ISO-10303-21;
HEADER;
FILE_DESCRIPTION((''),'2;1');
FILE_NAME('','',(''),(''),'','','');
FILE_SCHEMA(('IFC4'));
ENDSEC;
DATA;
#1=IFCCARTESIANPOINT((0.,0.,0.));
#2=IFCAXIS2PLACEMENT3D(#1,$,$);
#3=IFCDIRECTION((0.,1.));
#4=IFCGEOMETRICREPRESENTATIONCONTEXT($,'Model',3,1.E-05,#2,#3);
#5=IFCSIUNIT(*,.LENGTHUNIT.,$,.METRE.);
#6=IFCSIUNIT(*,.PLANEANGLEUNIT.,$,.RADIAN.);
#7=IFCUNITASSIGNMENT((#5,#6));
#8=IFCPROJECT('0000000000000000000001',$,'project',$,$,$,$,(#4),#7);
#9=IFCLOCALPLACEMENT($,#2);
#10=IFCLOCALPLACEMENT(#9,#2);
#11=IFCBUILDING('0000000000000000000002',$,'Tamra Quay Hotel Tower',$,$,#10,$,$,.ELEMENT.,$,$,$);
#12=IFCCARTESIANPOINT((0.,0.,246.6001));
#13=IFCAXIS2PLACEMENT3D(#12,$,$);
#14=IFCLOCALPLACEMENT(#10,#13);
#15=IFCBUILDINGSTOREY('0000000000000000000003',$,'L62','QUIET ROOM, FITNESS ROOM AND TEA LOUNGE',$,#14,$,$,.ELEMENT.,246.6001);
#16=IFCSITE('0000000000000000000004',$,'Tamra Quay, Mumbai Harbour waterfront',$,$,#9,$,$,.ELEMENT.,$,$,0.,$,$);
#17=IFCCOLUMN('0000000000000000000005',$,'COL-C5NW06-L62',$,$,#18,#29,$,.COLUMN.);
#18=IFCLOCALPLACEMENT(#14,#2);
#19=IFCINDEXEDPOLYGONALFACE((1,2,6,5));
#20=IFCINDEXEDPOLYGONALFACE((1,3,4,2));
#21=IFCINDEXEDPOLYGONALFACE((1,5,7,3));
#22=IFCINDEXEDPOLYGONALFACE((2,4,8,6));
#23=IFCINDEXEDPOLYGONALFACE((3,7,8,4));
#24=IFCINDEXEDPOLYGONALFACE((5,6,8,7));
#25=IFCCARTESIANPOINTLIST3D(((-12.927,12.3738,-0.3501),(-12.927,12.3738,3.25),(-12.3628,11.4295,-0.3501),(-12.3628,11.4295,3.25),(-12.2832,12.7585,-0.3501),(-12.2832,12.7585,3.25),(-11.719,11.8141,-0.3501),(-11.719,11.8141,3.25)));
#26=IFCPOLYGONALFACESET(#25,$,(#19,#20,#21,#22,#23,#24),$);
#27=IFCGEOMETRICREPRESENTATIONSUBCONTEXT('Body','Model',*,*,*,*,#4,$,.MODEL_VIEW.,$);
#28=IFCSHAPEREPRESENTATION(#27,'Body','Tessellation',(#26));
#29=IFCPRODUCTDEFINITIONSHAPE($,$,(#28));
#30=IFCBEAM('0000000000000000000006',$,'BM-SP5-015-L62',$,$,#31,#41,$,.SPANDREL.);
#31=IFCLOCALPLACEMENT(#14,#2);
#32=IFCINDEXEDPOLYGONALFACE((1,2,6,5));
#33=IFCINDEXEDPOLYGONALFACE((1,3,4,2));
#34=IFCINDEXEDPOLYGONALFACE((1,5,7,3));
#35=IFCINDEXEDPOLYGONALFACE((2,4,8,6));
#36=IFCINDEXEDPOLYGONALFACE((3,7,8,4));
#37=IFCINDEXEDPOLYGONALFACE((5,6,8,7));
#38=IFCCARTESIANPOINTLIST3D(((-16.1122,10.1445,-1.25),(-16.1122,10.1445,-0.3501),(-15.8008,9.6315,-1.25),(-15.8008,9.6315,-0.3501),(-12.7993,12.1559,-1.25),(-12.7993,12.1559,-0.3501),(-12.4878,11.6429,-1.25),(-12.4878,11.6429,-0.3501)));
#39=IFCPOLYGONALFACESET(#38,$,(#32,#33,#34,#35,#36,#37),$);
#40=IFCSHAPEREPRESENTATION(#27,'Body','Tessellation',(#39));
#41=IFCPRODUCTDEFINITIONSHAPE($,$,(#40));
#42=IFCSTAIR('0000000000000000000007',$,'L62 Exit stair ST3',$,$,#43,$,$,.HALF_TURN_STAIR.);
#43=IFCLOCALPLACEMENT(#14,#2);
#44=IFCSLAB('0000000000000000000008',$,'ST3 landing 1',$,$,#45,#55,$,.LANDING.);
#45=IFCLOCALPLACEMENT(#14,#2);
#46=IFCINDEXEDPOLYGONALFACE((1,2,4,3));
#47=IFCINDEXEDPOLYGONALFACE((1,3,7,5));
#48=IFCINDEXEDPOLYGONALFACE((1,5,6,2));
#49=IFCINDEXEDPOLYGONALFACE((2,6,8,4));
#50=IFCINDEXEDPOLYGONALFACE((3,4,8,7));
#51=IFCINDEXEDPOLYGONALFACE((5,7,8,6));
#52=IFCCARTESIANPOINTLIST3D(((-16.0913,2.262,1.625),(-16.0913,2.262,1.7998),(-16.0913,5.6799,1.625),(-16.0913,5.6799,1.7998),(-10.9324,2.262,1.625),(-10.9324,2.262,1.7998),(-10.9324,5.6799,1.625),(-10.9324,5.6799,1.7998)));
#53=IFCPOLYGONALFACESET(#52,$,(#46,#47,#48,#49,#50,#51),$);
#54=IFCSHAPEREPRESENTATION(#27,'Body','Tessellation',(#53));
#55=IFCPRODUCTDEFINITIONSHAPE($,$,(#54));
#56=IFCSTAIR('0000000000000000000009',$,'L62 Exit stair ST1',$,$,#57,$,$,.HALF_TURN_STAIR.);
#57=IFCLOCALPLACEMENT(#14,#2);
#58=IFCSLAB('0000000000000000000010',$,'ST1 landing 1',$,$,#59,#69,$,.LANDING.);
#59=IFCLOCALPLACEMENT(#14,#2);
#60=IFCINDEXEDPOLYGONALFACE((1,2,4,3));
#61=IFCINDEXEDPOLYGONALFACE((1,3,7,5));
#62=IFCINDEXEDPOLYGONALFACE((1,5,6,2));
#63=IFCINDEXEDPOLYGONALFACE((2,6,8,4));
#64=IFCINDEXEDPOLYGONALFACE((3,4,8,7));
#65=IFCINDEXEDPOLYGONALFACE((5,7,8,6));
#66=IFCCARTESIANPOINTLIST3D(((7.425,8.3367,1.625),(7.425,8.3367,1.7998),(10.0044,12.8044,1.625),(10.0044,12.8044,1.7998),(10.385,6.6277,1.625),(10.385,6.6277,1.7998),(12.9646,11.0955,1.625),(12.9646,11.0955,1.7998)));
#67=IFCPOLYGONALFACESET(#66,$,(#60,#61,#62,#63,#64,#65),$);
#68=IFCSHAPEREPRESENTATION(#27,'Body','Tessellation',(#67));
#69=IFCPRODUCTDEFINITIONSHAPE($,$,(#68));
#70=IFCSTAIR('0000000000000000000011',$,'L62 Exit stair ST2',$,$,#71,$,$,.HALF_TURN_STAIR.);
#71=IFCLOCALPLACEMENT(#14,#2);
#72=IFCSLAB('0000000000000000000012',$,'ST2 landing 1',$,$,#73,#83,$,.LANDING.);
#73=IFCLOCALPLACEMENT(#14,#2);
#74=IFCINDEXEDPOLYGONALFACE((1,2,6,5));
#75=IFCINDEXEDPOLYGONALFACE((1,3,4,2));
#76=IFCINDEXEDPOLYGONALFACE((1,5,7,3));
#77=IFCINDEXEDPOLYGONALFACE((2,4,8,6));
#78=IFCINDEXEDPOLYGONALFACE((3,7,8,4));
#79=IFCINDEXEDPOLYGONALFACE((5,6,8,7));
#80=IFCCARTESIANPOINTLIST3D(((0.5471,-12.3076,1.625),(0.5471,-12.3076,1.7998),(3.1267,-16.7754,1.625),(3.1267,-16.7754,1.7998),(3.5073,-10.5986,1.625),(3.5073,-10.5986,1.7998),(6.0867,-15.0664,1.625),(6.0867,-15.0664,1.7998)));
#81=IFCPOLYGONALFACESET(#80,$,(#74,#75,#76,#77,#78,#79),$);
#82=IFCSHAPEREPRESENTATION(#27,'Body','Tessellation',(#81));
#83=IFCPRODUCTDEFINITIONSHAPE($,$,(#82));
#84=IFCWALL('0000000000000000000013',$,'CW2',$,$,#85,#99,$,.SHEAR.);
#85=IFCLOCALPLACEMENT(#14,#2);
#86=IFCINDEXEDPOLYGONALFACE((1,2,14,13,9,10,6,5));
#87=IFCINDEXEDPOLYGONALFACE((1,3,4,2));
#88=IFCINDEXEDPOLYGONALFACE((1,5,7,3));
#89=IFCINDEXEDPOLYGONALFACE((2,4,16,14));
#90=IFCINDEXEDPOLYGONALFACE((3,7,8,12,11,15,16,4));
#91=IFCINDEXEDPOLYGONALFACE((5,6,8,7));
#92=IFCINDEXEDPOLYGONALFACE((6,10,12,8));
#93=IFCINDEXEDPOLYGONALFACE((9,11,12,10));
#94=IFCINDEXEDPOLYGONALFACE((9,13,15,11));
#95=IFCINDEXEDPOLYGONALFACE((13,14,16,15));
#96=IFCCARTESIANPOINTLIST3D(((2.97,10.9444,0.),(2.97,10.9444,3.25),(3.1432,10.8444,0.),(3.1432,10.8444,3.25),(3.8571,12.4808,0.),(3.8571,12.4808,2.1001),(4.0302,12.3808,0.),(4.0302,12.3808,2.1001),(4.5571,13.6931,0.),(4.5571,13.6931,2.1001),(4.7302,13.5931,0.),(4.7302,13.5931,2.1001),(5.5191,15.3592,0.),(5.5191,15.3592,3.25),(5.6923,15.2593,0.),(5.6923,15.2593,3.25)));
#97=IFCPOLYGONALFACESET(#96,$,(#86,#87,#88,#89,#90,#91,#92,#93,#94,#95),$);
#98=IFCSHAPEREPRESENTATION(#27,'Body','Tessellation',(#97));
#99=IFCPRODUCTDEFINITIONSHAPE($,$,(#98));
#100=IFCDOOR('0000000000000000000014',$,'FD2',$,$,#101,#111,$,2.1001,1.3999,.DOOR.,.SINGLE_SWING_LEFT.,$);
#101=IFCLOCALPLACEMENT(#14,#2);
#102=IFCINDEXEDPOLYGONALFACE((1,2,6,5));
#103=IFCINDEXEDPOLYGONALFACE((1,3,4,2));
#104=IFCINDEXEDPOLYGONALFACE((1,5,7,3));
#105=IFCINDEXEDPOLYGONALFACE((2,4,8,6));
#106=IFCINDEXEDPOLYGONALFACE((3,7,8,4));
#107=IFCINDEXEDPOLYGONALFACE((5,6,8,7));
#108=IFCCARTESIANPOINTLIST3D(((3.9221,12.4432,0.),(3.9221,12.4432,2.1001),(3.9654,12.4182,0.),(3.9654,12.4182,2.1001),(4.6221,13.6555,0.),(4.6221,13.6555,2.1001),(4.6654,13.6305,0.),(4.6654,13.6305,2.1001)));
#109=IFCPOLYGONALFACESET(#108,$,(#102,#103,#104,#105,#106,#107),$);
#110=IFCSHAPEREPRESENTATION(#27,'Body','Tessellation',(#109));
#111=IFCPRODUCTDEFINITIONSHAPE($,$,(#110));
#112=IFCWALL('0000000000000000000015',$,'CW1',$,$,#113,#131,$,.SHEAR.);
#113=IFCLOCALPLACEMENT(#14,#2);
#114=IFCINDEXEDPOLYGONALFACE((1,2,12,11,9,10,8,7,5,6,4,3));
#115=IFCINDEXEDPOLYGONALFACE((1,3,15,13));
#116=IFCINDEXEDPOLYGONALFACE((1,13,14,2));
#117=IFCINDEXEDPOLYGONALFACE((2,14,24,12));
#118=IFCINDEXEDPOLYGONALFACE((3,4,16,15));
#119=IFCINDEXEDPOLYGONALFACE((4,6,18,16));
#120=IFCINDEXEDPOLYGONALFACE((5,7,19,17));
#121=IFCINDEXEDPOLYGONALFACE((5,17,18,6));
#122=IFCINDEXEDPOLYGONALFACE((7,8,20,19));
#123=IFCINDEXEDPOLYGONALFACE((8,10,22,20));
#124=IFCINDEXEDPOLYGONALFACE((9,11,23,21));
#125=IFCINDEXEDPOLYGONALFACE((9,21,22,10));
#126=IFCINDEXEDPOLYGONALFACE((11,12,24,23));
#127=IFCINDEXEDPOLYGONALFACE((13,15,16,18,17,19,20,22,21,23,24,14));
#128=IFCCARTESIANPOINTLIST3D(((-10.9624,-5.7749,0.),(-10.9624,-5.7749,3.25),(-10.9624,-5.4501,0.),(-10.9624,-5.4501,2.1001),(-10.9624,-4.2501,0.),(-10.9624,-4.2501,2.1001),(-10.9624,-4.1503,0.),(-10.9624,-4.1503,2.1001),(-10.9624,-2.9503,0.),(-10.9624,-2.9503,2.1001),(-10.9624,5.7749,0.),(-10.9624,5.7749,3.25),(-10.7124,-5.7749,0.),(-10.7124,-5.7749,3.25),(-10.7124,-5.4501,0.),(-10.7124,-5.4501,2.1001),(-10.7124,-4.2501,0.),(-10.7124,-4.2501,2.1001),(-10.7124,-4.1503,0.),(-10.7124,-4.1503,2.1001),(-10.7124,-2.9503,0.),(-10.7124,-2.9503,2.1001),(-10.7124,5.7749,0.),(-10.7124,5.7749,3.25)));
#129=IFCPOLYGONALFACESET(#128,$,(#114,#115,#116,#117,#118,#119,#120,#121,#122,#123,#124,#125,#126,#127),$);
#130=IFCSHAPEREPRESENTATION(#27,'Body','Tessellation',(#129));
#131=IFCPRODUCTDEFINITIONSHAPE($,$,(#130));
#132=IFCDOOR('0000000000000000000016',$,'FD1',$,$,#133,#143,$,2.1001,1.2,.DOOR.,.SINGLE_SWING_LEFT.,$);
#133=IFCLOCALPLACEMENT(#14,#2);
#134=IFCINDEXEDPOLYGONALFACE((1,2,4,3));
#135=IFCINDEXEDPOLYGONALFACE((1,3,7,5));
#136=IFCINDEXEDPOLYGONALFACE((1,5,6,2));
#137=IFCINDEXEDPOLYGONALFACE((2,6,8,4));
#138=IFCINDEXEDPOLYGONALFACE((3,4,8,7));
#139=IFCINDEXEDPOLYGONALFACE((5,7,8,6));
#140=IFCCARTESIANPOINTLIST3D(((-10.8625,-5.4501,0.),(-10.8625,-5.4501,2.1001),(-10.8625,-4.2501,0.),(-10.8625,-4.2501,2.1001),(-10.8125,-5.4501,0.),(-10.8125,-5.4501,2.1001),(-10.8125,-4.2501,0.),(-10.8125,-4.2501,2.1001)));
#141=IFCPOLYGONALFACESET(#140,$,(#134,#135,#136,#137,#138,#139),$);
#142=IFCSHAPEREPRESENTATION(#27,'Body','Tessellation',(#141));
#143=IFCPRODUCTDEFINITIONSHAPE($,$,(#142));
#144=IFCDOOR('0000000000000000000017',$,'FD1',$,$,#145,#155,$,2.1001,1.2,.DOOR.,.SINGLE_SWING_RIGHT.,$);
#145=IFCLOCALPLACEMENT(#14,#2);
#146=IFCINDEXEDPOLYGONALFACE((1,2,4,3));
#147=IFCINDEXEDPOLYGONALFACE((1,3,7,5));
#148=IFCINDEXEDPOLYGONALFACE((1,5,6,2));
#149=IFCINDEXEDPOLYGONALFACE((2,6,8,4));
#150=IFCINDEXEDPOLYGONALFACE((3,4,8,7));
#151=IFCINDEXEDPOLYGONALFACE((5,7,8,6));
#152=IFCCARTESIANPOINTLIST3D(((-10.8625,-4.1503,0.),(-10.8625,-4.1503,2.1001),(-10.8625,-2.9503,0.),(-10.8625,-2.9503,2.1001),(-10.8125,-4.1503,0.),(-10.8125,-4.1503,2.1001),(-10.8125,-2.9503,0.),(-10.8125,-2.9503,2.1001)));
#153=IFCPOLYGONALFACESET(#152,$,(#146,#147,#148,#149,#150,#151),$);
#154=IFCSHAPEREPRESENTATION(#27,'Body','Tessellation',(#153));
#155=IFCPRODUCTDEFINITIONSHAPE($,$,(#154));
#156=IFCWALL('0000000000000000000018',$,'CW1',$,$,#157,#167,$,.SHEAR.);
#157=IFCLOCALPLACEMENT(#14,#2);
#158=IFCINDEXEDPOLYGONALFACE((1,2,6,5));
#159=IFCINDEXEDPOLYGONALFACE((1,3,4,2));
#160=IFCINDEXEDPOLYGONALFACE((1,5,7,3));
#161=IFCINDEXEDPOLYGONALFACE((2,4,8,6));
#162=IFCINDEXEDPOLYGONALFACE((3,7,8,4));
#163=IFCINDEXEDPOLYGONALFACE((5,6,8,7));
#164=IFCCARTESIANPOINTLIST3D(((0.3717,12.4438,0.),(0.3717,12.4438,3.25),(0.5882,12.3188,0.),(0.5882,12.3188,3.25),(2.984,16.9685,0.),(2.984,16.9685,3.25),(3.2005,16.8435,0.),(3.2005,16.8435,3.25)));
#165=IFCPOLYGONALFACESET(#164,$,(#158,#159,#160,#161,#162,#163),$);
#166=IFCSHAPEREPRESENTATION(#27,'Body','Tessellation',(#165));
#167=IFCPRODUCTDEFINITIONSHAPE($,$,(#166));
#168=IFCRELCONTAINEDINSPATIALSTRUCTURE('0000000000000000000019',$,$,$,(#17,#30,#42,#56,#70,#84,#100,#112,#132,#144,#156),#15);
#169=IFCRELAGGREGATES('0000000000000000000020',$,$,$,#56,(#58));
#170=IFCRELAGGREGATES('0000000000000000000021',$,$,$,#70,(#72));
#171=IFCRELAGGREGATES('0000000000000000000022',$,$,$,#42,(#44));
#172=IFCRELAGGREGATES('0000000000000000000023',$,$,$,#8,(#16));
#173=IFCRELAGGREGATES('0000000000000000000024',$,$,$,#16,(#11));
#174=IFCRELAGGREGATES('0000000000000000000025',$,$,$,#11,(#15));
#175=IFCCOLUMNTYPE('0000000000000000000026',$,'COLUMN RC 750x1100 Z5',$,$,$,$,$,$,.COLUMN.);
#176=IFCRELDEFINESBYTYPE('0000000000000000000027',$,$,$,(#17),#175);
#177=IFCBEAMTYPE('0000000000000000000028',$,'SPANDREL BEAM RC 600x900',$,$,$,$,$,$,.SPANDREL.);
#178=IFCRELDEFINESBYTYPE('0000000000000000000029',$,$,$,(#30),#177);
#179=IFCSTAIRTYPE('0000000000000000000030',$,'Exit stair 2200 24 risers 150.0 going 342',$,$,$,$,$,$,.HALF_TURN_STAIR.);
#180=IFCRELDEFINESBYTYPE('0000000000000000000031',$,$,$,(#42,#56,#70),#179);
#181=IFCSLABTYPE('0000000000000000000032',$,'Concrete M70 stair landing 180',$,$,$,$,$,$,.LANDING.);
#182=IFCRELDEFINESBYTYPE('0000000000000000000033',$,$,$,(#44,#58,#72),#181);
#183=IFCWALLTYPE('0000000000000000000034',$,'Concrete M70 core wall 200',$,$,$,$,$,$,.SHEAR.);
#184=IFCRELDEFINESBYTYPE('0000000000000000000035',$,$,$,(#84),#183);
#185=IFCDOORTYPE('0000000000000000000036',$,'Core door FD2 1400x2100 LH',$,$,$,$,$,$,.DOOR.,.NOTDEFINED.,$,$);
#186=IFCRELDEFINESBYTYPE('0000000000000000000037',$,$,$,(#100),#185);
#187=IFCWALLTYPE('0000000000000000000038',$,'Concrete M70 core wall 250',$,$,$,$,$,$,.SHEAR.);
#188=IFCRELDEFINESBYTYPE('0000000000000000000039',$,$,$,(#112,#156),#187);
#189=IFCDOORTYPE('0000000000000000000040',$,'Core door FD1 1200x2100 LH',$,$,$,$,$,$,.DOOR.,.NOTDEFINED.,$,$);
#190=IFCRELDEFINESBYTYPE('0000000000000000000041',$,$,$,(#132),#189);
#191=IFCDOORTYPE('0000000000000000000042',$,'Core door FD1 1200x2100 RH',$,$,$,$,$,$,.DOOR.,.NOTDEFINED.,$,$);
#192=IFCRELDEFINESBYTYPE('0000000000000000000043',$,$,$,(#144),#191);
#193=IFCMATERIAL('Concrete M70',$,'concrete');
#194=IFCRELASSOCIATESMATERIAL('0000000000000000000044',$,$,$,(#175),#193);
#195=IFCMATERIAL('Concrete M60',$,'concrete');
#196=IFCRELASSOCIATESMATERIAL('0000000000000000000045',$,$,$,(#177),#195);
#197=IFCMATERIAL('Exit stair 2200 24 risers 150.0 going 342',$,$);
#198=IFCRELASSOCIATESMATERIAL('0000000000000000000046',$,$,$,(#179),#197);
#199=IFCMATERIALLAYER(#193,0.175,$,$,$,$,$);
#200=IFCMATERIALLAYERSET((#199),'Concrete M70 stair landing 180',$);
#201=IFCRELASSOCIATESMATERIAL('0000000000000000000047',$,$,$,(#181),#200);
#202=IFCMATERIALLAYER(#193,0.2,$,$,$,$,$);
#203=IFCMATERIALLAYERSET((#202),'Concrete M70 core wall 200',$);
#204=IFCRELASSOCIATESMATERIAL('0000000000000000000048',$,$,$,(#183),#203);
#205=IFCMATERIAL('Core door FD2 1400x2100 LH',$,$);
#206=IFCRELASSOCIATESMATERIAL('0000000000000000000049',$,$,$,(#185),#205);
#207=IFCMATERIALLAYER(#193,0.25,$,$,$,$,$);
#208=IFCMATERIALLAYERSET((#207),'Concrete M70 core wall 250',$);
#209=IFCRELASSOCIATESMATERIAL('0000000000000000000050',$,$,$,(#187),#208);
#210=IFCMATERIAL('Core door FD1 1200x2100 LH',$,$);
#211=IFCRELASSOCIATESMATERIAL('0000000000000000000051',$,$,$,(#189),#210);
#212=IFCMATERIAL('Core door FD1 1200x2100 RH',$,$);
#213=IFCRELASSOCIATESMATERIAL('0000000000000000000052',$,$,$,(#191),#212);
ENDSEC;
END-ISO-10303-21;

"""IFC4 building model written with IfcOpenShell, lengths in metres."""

from ifc_helpers import new_model, si_unit, direction, frame, frame_2d, origin, origin_2d, place, context, subcontext, project, spatial, polyline, rectangle, outline, extrude, material, layer, layer_set, material_profile, profile_set, type_object, element, fill, aggregate, save


model = new_model("IFC4")

# Units and contexts
model_context = context("Model", 3, precision=1e-05, world=origin(), true_north=direction((0.0, 1.0)))
body_context = subcontext(model_context, "Body", "Model", "MODEL_VIEW")
ifc_project = project(units=[si_unit("LENGTHUNIT", "METRE"), si_unit("PLANEANGLEUNIT", "RADIAN")], contexts=[model_context])

# Site, building, storey
site_placement = place(None, origin())
site = spatial("IfcSite", under=ifc_project, at=site_placement, Name="Tamra Quay, Mumbai Harbour waterfront", CompositionType="ELEMENT", RefElevation=0.0)
building_placement = place(site_placement, origin())
building = spatial("IfcBuilding", under=site, at=building_placement, Name="Tamra Quay Hotel Tower", CompositionType="ELEMENT")
storey_placement = place(building_placement, frame((0.0, 0.0, 246.6001)))
storey = spatial("IfcBuildingStorey", under=building, at=storey_placement, Name="L62", Description="QUIET ROOM, FITNESS ROOM AND TEA LOUNGE", CompositionType="ELEMENT", Elevation=246.6001)

# Column
ifc_material_1 = material(Name="Concrete M70", Category="concrete")
ifc_material_profile_1 = material_profile(ifc_material_1, rectangle(XDim=1.1001, YDim=0.75, at=origin_2d()), Name="COLUMN RC 750x1100 Z5")
ifc_profile_set_1 = profile_set([ifc_material_profile_1], Name="Concrete M70")
column_type = type_object("IfcColumnType", Name="COLUMN RC 750x1100 Z5", PredefinedType="COLUMN", material=ifc_profile_set_1)
column_placement = place(storey_placement, frame((-12.323, 12.094, -0.3501), z_axis=(0.0, 0.0, 1.0), x_axis=(-0.512899, 0.858449, 0.0)))
element("IfcColumn", 1, at=column_placement, inside=storey, type_object=column_type, Name="COL-C5NW06-L62", PredefinedType="COLUMN", context=body_context, shape_type="SweptSolid", body=[
    extrude(rectangle(XDim=1.1001, YDim=0.75, at=origin_2d()), origin(), (0.0, 0.0, 1.0), 3.6001),
])

# Beam
ifc_material_2 = material(Name="Concrete M60", Category="concrete")
ifc_material_profile_2 = material_profile(ifc_material_2, rectangle(XDim=0.6001, YDim=0.8999, at=origin_2d()), Name="SPANDREL BEAM RC 600x900")
ifc_profile_set_2 = profile_set([ifc_material_profile_2], Name="Concrete M60")
beam_type = type_object("IfcBeamType", Name="SPANDREL BEAM RC 600x900", PredefinedType="SPANDREL", material=ifc_profile_set_2)
beam_placement = place(storey_placement, frame((-12.6436, 11.8994, -0.8), z_axis=(-0.854786, -0.518981, 0.0), x_axis=(0.518981, -0.854786, 0.0)))
element("IfcBeam", 2, at=beam_placement, inside=storey, type_object=beam_type, Name="BM-SP5-015-L62", PredefinedType="SPANDREL", context=body_context, shape_type="SweptSolid", body=[
    extrude(rectangle(XDim=0.6001, YDim=0.8999, at=origin_2d()), origin(), (0.0, 0.0, 1.0), 3.8757),
])

# Stairs, slabs
ifc_material_3 = material(Name="Exit stair 2200 24 risers 150.0 going 342")
stair_type = type_object("IfcStairType", Name="Exit stair 2200 24 risers 150.0 going 342", PredefinedType="HALF_TURN_STAIR", material=ifc_material_3)
stair_1_placement = place(storey_placement, origin())
stair_1 = element("IfcStair", 3, at=stair_1_placement, inside=storey, type_object=stair_type, Name="L62 Exit stair ST3", PredefinedType="HALF_TURN_STAIR")
ifc_layer_1 = layer(ifc_material_1, 0.175)
ifc_layer_set_1 = layer_set([ifc_layer_1], Name="Concrete M70 stair landing 180")
slab_type_1 = type_object("IfcSlabType", Name="Concrete M70 stair landing 180", PredefinedType="LANDING", material=ifc_layer_set_1)
slab_1_placement = place(storey_placement, frame((0.0, 0.0, 1.625)))
slab_1 = element("IfcSlab", 4, at=slab_1_placement, type_object=slab_type_1, Name="ST3 landing 1", PredefinedType="LANDING", context=body_context, shape_type="SweptSolid", body=[
    extrude(outline(polyline([(-10.9324, 2.262), (-10.9324, 5.6799), (-16.0913, 5.6799), (-16.0913, 2.262), (-10.9324, 2.262)])), origin(), (0.0, 0.0, 1.0), 0.1748),
])
stair_2_placement = place(storey_placement, origin())
stair_2 = element("IfcStair", 5, at=stair_2_placement, inside=storey, type_object=stair_type, Name="L62 Exit stair ST1", PredefinedType="HALF_TURN_STAIR")
slab_2_placement = place(storey_placement, frame((0.0, 0.0, 1.625)))
slab_2 = element("IfcSlab", 6, at=slab_2_placement, type_object=slab_type_1, Name="ST1 landing 1", PredefinedType="LANDING", context=body_context, shape_type="SweptSolid", body=[
    extrude(outline(polyline([(7.425, 8.3367), (10.385, 6.6277), (12.9646, 11.0955), (10.0044, 12.8044), (7.425, 8.3367)])), origin(), (0.0, 0.0, 1.0), 0.1748),
])
aggregate(stair_2, [slab_2])
stair_3_placement = place(storey_placement, origin())
stair_3 = element("IfcStair", 7, at=stair_3_placement, inside=storey, type_object=stair_type, Name="L62 Exit stair ST2", PredefinedType="HALF_TURN_STAIR")
slab_3_placement = place(storey_placement, frame((0.0, 0.0, 1.625)))
slab_3 = element("IfcSlab", 8, at=slab_3_placement, type_object=slab_type_1, Name="ST2 landing 1", PredefinedType="LANDING", context=body_context, shape_type="SweptSolid", body=[
    extrude(outline(polyline([(3.5073, -10.5986), (0.5471, -12.3076), (3.1267, -16.7754), (6.0867, -15.0664), (3.5073, -10.5986)])), origin(), (0.0, 0.0, 1.0), 0.1748),
])
aggregate(stair_3, [slab_3])

# Wall, opening, door
ifc_layer_2 = layer(ifc_material_1, 0.2)
ifc_layer_set_2 = layer_set([ifc_layer_2], Name="Concrete M70 core wall 200")
wall_type_1 = type_object("IfcWallType", Name="Concrete M70 core wall 200", PredefinedType="SHEAR", material=ifc_layer_set_2)
wall_1_placement = place(storey_placement, frame((3.0566, 10.8945, 0.0), z_axis=(0.0, 0.0, 1.0), x_axis=(0.500028, 0.866009, 0.0)))
wall_1 = element("IfcWall", 9, at=wall_1_placement, inside=storey, type_object=wall_type_1, Name="CW2", PredefinedType="SHEAR", context=body_context, shape_type="SweptSolid", body=[
    extrude(rectangle(XDim=5.0979, YDim=0.2, at=frame_2d((2.5488, 0.0))), origin(), (0.0, 0.0, 1.0), 3.25),
])
opening_1_placement = place(wall_1_placement, frame((1.7739, 0.0, 0.0)))
opening_1 = element("IfcOpeningElement", 10, at=opening_1_placement, cuts=wall_1, PredefinedType="OPENING", context=body_context, shape_type="SweptSolid", body=[
    extrude(rectangle(XDim=1.3999, YDim=2.1001, at=frame_2d((0.7, 1.05))), frame((0.0, 0.1099, 0.0), z_axis=(0.0, -1.0, 0.0), x_axis=(1.0, 0.0, 0.0)), (0.0, 0.0, 1.0), 0.22),
])
ifc_material_4 = material(Name="Core door FD2 1400x2100 LH")
door_type_1 = type_object("IfcDoorType", Name="Core door FD2 1400x2100 LH", OperationType="NOTDEFINED", PredefinedType="DOOR", material=ifc_material_4)
door_1_placement = place(opening_1_placement, origin())
door_1 = element("IfcDoor", 11, at=door_1_placement, inside=storey, type_object=door_type_1, Name="FD2", OperationType="SINGLE_SWING_LEFT", OverallHeight=2.1001, OverallWidth=1.3999, PredefinedType="DOOR", context=body_context, shape_type="SweptSolid", body=[
    extrude(rectangle(XDim=1.3999, YDim=2.1001, at=frame_2d((0.7, 1.05))), frame((0.0, 0.0249, 0.0), z_axis=(0.0, -1.0, 0.0), x_axis=(1.0, 0.0, 0.0)), (0.0, 0.0, 1.0), 0.05),
])
fill(opening_1, door_1)

# Wall, openings, doors
ifc_layer_3 = layer(ifc_material_1, 0.25)
ifc_layer_set_3 = layer_set([ifc_layer_3], Name="Concrete M70 core wall 250")
wall_type_2 = type_object("IfcWallType", Name="Concrete M70 core wall 250", PredefinedType="SHEAR", material=ifc_layer_set_3)
wall_2_placement = place(storey_placement, frame((-10.8374, 5.7749, 0.0), z_axis=(0.0, 0.0, 1.0), x_axis=(0.0, -1.0, 0.0)))
wall_2 = element("IfcWall", 12, at=wall_2_placement, inside=storey, type_object=wall_type_2, Name="CW1", PredefinedType="SHEAR", context=body_context, shape_type="SweptSolid", body=[
    extrude(rectangle(XDim=11.5498, YDim=0.25, at=frame_2d((5.7749, 0.0))), origin(), (0.0, 0.0, 1.0), 3.25),
])
opening_2_placement = place(wall_2_placement, frame((10.0249, 0.0, 0.0)))
opening_2 = element("IfcOpeningElement", 13, at=opening_2_placement, cuts=wall_2, PredefinedType="OPENING", context=body_context, shape_type="SweptSolid", body=[
    extrude(rectangle(XDim=1.2, YDim=2.1001, at=frame_2d((0.6001, 1.05))), frame((0.0, 0.135, 0.0), z_axis=(0.0, -1.0, 0.0), x_axis=(1.0, 0.0, 0.0)), (0.0, 0.0, 1.0), 0.27),
])
opening_3_placement = place(wall_2_placement, frame((8.7251, 0.0, 0.0)))
opening_3 = element("IfcOpeningElement", 14, at=opening_3_placement, cuts=wall_2, PredefinedType="OPENING", context=body_context, shape_type="SweptSolid", body=[
    extrude(rectangle(XDim=1.2, YDim=2.1001, at=frame_2d((0.6001, 1.05))), frame((0.0, 0.135, 0.0), z_axis=(0.0, -1.0, 0.0), x_axis=(1.0, 0.0, 0.0)), (0.0, 0.0, 1.0), 0.27),
])
ifc_material_5 = material(Name="Core door FD1 1200x2100 LH")
door_type_2 = type_object("IfcDoorType", Name="Core door FD1 1200x2100 LH", OperationType="NOTDEFINED", PredefinedType="DOOR", material=ifc_material_5)
door_2_placement = place(opening_2_placement, origin())
door_2 = element("IfcDoor", 15, at=door_2_placement, inside=storey, type_object=door_type_2, Name="FD1", OperationType="SINGLE_SWING_LEFT", OverallHeight=2.1001, OverallWidth=1.2, PredefinedType="DOOR", context=body_context, shape_type="SweptSolid", body=[
    extrude(rectangle(XDim=1.2, YDim=2.1001, at=frame_2d((0.6001, 1.05))), frame((0.0, 0.0249, 0.0), z_axis=(0.0, -1.0, 0.0), x_axis=(1.0, 0.0, 0.0)), (0.0, 0.0, 1.0), 0.05),
])
fill(opening_2, door_2)
ifc_material_6 = material(Name="Core door FD1 1200x2100 RH")
door_type_3 = type_object("IfcDoorType", Name="Core door FD1 1200x2100 RH", OperationType="NOTDEFINED", PredefinedType="DOOR", material=ifc_material_6)
door_3_placement = place(opening_3_placement, origin())
door_3 = element("IfcDoor", 16, at=door_3_placement, inside=storey, type_object=door_type_3, Name="FD1", OperationType="SINGLE_SWING_RIGHT", OverallHeight=2.1001, OverallWidth=1.2, PredefinedType="DOOR", context=body_context, shape_type="SweptSolid", body=[
    extrude(rectangle(XDim=1.2, YDim=2.1001, at=frame_2d((0.6001, 1.05))), frame((0.0, 0.0249, 0.0), z_axis=(0.0, -1.0, 0.0), x_axis=(1.0, 0.0, 0.0)), (0.0, 0.0, 1.0), 0.05),
])
fill(opening_3, door_3)

# Wall
wall_3_placement = place(storey_placement, frame((0.48, 12.3813, 0.0), z_axis=(0.0, 0.0, 1.0), x_axis=(0.499999, 0.866026, 0.0)))
element("IfcWall", 17, at=wall_3_placement, inside=storey, type_object=wall_type_2, Name="CW1", PredefinedType="SHEAR", context=body_context, shape_type="SweptSolid", body=[
    extrude(rectangle(XDim=5.2246, YDim=0.25, at=frame_2d((2.6123, 0.0))), origin(), (0.0, 0.0, 1.0), 3.25),
])

aggregate(stair_1, [slab_1])

save(model, "model.ifc")
